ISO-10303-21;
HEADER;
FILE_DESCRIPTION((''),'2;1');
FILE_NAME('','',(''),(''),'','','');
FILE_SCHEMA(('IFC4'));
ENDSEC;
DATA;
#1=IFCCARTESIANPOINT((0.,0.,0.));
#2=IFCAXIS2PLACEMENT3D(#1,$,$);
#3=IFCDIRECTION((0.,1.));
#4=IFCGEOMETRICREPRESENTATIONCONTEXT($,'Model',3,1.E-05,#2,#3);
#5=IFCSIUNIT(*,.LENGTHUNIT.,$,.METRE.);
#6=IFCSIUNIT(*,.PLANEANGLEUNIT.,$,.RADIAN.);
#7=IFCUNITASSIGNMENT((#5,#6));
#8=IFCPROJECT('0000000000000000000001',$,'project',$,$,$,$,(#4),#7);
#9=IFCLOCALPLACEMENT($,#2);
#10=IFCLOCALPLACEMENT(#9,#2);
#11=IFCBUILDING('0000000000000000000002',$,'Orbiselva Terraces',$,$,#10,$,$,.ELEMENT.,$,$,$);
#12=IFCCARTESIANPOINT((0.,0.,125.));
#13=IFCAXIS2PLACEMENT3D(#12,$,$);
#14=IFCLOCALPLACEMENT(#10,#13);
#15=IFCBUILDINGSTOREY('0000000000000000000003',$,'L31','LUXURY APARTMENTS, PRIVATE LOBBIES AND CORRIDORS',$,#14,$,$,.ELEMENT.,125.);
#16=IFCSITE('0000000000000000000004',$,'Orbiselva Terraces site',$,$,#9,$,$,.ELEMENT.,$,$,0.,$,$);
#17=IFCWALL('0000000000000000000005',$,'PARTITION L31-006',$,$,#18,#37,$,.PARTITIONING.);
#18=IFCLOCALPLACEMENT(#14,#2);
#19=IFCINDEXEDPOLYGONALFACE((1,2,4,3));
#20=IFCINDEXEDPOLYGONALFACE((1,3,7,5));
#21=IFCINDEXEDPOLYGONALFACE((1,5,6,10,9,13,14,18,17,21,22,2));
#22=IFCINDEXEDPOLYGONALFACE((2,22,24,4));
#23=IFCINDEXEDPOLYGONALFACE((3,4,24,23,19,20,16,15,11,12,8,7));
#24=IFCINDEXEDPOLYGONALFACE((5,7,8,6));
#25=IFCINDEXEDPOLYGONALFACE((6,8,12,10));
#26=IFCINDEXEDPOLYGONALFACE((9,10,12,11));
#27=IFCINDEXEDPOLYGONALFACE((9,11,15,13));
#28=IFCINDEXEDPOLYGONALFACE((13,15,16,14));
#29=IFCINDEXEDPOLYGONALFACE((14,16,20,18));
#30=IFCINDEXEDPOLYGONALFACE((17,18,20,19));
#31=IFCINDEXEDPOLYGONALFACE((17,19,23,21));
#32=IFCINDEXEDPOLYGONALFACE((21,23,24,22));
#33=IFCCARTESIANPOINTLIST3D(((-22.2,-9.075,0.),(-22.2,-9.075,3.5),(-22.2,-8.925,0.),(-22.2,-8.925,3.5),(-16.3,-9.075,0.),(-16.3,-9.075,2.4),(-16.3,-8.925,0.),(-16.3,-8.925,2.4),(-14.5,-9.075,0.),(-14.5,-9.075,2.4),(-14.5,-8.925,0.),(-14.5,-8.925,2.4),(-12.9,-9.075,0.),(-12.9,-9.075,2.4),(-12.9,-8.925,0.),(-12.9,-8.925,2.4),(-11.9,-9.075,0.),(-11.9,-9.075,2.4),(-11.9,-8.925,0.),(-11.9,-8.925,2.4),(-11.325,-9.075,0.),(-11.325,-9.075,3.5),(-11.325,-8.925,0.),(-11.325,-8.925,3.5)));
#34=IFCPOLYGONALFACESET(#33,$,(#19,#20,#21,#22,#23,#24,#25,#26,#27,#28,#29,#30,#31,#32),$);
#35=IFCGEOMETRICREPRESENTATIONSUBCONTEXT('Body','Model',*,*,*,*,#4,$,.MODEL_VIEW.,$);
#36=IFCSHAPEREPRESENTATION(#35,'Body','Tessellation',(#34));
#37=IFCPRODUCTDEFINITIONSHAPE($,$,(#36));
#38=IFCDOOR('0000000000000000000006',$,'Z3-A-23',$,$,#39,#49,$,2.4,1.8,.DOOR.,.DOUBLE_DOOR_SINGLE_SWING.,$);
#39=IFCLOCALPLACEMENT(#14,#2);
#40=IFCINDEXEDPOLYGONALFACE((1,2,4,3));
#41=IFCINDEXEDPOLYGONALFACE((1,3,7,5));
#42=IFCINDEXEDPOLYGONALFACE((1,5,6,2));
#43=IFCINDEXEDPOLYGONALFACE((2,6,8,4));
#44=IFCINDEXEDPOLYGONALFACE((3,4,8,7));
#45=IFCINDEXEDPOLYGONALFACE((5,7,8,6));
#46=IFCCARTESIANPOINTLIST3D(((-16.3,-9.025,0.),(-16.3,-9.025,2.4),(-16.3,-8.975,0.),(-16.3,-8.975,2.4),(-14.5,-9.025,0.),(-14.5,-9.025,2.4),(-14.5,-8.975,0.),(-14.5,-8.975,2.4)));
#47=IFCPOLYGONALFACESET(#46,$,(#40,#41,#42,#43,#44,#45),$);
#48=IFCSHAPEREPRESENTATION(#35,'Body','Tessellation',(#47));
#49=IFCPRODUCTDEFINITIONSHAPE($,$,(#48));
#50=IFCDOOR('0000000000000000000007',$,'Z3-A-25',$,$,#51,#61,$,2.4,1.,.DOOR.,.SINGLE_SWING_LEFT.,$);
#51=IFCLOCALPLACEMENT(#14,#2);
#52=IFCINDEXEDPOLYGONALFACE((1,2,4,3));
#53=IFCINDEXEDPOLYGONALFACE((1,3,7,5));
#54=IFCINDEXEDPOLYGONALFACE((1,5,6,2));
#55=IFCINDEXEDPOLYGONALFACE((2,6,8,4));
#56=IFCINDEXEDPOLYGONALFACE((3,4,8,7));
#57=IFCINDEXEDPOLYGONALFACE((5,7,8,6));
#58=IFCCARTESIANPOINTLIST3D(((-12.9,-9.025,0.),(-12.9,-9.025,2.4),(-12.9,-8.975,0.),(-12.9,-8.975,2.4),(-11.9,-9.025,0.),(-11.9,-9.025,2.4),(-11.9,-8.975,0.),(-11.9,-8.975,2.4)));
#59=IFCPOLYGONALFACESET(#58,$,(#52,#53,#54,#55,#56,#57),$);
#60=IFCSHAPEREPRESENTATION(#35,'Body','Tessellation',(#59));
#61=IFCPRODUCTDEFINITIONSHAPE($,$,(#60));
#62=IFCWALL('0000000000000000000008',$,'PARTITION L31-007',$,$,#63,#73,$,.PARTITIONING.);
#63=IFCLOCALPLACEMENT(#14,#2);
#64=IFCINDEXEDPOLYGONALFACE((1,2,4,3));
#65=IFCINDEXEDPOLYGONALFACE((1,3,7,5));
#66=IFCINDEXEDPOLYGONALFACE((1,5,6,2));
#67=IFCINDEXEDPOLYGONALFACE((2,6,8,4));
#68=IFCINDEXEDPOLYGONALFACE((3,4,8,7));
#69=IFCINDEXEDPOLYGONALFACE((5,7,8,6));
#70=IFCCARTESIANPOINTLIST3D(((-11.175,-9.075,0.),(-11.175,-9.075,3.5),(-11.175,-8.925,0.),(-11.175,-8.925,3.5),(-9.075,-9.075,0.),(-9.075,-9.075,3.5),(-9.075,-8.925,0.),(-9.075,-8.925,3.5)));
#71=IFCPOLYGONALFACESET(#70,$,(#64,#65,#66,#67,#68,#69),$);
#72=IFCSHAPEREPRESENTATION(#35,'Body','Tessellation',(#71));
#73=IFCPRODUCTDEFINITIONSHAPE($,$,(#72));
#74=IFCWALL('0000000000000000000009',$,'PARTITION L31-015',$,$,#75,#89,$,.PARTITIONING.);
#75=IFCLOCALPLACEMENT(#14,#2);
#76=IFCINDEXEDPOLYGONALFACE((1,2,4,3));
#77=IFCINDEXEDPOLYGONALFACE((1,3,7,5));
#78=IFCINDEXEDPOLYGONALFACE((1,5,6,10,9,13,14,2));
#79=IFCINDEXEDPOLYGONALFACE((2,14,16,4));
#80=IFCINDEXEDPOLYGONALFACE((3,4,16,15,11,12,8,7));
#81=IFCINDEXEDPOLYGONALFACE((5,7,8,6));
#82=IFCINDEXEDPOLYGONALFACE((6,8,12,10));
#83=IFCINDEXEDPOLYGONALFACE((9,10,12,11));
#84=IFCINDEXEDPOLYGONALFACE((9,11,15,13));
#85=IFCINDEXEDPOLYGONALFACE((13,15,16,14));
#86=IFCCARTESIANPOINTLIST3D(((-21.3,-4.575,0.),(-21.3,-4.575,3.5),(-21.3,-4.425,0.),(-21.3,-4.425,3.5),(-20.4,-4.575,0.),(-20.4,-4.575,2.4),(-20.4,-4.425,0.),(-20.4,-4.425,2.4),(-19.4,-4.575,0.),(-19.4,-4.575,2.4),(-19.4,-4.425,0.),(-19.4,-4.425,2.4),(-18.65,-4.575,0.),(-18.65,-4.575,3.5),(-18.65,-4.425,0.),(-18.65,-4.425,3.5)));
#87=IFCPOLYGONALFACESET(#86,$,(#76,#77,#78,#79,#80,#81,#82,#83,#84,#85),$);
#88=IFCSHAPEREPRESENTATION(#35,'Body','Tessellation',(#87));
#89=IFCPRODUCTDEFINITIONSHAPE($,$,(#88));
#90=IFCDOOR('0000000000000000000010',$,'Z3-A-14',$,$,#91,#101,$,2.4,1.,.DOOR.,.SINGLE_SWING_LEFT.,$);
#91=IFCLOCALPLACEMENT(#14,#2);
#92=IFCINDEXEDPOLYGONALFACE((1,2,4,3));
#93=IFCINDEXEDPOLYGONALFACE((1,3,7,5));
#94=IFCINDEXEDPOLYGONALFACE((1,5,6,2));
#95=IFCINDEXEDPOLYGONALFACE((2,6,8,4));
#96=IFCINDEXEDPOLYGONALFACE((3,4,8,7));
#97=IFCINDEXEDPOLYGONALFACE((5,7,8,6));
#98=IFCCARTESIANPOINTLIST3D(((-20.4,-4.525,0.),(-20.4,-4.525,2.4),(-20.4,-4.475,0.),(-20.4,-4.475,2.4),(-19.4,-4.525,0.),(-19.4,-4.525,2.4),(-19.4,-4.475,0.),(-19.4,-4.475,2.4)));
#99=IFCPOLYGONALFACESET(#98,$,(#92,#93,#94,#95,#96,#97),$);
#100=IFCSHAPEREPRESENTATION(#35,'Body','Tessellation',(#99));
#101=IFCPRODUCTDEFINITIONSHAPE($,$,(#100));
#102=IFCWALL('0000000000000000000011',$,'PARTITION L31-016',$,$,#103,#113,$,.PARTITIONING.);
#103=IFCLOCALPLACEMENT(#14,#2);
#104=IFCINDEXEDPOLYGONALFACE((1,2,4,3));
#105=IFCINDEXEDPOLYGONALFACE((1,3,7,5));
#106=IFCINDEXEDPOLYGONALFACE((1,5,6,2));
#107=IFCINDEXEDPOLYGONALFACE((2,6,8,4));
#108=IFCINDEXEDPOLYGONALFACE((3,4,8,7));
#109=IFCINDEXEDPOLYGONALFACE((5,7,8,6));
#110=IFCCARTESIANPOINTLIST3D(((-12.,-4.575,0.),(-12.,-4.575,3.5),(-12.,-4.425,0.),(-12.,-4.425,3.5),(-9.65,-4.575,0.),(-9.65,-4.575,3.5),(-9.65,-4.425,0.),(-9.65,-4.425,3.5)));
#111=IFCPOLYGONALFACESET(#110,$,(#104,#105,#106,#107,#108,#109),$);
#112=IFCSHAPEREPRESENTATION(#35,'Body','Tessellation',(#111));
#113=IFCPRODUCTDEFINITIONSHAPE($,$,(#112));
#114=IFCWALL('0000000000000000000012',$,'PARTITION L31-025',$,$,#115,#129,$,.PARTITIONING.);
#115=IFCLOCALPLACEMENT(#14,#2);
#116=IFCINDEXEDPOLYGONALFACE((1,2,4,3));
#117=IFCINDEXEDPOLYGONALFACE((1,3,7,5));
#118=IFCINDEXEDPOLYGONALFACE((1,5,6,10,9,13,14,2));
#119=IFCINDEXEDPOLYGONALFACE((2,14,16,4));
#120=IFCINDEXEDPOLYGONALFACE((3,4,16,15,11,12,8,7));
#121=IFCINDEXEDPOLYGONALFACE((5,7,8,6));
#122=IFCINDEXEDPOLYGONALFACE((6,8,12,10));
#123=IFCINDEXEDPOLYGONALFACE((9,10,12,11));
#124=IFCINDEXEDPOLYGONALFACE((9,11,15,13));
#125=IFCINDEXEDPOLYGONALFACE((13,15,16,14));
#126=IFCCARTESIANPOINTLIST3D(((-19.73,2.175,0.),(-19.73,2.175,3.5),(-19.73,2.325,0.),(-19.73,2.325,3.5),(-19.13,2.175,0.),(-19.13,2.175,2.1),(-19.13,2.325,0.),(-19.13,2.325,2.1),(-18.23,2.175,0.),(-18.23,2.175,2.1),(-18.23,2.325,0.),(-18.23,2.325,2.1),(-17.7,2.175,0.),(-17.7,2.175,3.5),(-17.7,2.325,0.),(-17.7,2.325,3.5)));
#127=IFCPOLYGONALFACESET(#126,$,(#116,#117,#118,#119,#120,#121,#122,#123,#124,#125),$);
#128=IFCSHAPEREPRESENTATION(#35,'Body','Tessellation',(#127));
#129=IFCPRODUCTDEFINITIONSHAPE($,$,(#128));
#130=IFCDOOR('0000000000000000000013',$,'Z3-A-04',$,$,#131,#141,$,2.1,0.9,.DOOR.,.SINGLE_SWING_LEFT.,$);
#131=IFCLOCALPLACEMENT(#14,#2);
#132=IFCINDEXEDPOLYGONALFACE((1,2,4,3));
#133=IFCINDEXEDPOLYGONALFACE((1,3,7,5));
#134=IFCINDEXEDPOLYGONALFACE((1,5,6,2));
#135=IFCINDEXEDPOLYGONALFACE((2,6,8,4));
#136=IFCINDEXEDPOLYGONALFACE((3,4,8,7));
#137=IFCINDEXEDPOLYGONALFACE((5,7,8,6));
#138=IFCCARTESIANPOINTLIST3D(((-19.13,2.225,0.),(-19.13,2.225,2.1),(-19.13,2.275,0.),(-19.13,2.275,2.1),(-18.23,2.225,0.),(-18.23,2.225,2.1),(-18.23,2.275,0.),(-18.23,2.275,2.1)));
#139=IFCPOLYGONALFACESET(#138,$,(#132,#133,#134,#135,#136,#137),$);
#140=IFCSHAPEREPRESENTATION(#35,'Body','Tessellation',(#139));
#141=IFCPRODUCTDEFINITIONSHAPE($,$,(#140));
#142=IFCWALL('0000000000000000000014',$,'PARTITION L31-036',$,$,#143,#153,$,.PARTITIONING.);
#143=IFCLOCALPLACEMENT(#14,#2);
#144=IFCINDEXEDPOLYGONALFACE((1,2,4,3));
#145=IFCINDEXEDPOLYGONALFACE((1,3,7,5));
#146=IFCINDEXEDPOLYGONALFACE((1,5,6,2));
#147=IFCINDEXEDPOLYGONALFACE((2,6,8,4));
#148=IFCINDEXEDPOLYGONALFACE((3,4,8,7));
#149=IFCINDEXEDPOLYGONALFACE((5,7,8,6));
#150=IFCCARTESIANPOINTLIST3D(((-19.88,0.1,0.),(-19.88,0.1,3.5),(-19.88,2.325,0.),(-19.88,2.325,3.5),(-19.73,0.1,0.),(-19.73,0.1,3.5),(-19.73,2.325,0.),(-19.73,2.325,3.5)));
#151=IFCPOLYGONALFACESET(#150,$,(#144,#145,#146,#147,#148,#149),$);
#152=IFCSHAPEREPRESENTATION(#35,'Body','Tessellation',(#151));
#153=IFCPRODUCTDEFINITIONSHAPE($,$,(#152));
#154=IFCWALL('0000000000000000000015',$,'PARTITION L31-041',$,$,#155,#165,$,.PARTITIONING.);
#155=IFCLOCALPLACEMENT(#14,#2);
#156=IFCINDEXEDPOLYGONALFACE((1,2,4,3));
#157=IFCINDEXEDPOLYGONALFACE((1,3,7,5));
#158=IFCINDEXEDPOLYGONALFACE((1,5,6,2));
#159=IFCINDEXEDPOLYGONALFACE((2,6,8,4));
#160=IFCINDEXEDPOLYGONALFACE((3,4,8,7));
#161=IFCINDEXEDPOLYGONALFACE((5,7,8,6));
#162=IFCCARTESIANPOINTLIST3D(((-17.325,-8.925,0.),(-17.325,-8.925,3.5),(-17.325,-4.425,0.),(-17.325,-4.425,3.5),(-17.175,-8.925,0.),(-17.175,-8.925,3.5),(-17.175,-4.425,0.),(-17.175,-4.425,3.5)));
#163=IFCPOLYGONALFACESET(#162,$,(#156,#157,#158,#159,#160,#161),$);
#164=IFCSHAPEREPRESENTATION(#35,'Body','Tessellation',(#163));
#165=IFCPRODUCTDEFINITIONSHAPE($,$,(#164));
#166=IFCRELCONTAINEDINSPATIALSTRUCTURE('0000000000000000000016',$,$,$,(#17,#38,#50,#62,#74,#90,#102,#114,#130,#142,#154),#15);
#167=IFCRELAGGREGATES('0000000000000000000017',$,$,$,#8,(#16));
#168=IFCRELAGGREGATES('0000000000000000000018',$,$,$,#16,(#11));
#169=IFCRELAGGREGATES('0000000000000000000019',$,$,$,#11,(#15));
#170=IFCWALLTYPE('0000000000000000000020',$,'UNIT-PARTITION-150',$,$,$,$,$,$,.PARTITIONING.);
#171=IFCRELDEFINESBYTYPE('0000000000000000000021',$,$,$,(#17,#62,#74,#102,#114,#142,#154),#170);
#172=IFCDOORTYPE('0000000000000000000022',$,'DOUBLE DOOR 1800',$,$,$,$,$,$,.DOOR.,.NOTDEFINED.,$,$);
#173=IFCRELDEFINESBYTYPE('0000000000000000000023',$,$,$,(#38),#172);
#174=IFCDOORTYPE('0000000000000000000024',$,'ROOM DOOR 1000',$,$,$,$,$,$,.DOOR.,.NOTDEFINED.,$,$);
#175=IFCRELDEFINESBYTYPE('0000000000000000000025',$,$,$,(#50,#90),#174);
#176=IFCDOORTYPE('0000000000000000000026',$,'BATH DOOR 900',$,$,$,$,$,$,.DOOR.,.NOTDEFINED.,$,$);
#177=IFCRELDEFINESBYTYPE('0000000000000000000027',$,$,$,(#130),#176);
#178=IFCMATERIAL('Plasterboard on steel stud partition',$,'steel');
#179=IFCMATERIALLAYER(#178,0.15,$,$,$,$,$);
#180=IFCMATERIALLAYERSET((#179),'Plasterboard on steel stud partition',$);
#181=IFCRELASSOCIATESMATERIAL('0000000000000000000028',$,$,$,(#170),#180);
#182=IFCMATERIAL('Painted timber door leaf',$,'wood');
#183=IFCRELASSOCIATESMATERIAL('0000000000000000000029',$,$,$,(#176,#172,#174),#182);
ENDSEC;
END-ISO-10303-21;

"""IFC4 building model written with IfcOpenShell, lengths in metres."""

from ifc_helpers import new_model, si_unit, direction, frame, frame_2d, origin, place, context, subcontext, project, spatial, rectangle, extrude, material, layer, layer_set, type_object, element, fill, save


model = new_model("IFC4")

# Units and contexts
model_context = context("Model", 3, precision=1e-05, world=origin(), true_north=direction((0.0, 1.0)))
body_context = subcontext(model_context, "Body", "Model", "MODEL_VIEW")
ifc_project = project(units=[si_unit("LENGTHUNIT", "METRE"), si_unit("PLANEANGLEUNIT", "RADIAN")], contexts=[model_context])

# Site, building, storey
site_placement = place(None, origin())
site = spatial("IfcSite", under=ifc_project, at=site_placement, Name="Orbiselva Terraces site", CompositionType="ELEMENT", RefElevation=0.0)
building_placement = place(site_placement, origin())
building = spatial("IfcBuilding", under=site, at=building_placement, Name="Orbiselva Terraces", CompositionType="ELEMENT")
storey_placement = place(building_placement, frame((0.0, 0.0, 125.0)))
storey = spatial("IfcBuildingStorey", under=building, at=storey_placement, Name="L31", Description="LUXURY APARTMENTS, PRIVATE LOBBIES AND CORRIDORS", CompositionType="ELEMENT", Elevation=125.0)

# Shared definitions
ifc_material_1 = material(Name="Plasterboard on steel stud partition", Category="steel")
ifc_layer_1 = layer(ifc_material_1, 0.15)
ifc_layer_set_1 = layer_set([ifc_layer_1], Name="Plasterboard on steel stud partition")
wall_type_1 = type_object("IfcWallType", Name="UNIT-PARTITION-150", PredefinedType="PARTITIONING", material=ifc_layer_set_1)

# Shared definitions
ifc_material_2 = material(Name="Painted timber door leaf", Category="wood")
door_type_1 = type_object("IfcDoorType", Name="BATH DOOR 900", OperationType="NOTDEFINED", PredefinedType="DOOR", material=ifc_material_2)

# Wall, openings, doors
wall_1_placement = place(storey_placement, frame((-11.325, -9.0, 0.0), z_axis=(0.0, 0.0, 1.0), x_axis=(-1.0, 0.0, 0.0)))
wall_1 = element("IfcWall", 1, at=wall_1_placement, inside=storey, type_object=wall_type_1, Name="PARTITION L31-006", PredefinedType="PARTITIONING", context=body_context, shape_type="SweptSolid", body=[
    extrude(rectangle(XDim=10.875, YDim=0.15, at=frame_2d((5.4375, 0.0))), origin(), (0.0, 0.0, 1.0), 3.5),
])
opening_1_placement = place(wall_1_placement, frame((3.175, 0.0, 0.0)))
opening_1 = element("IfcOpeningElement", 2, at=opening_1_placement, cuts=wall_1, PredefinedType="OPENING", context=body_context, shape_type="SweptSolid", body=[
    extrude(rectangle(XDim=1.8, YDim=2.4, at=frame_2d((0.9, 1.2))), frame((0.0, 0.085, 0.0), z_axis=(0.0, -1.0, 0.0), x_axis=(1.0, 0.0, 0.0)), (0.0, 0.0, 1.0), 0.17),
])
opening_2_placement = place(wall_1_placement, frame((0.575, 0.0, 0.0)))
opening_2 = element("IfcOpeningElement", 3, at=opening_2_placement, cuts=wall_1, PredefinedType="OPENING", context=body_context, shape_type="SweptSolid", body=[
    extrude(rectangle(XDim=1.0, YDim=2.4, at=frame_2d((0.5, 1.2))), frame((0.0, 0.085, 0.0), z_axis=(0.0, -1.0, 0.0), x_axis=(1.0, 0.0, 0.0)), (0.0, 0.0, 1.0), 0.17),
])
door_type_2 = type_object("IfcDoorType", Name="DOUBLE DOOR 1800", OperationType="NOTDEFINED", PredefinedType="DOOR", material=ifc_material_2)
door_1_placement = place(opening_1_placement, origin())
door_1 = element("IfcDoor", 4, at=door_1_placement, inside=storey, type_object=door_type_2, Name="Z3-A-23", OperationType="DOUBLE_DOOR_SINGLE_SWING", OverallHeight=2.4, OverallWidth=1.8, PredefinedType="DOOR", context=body_context, shape_type="SweptSolid", body=[
    extrude(rectangle(XDim=1.8, YDim=2.4, at=frame_2d((0.9, 1.2))), frame((0.0, 0.025, 0.0), z_axis=(0.0, -1.0, 0.0), x_axis=(1.0, 0.0, 0.0)), (0.0, 0.0, 1.0), 0.05),
])
fill(opening_1, door_1)
door_type_3 = type_object("IfcDoorType", Name="ROOM DOOR 1000", OperationType="NOTDEFINED", PredefinedType="DOOR", material=ifc_material_2)
door_2_placement = place(opening_2_placement, origin())
door_2 = element("IfcDoor", 5, at=door_2_placement, inside=storey, type_object=door_type_3, Name="Z3-A-25", OperationType="SINGLE_SWING_LEFT", OverallHeight=2.4, OverallWidth=1.0, PredefinedType="DOOR", context=body_context, shape_type="SweptSolid", body=[
    extrude(rectangle(XDim=1.0, YDim=2.4, at=frame_2d((0.5, 1.2))), frame((0.0, 0.025, 0.0), z_axis=(0.0, -1.0, 0.0), x_axis=(1.0, 0.0, 0.0)), (0.0, 0.0, 1.0), 0.05),
])
fill(opening_2, door_2)

# Wall
wall_2_placement = place(storey_placement, frame((-11.175, -9.0, 0.0), z_axis=(0.0, 0.0, 1.0), x_axis=(1.0, 0.0, 0.0)))
element("IfcWall", 6, at=wall_2_placement, inside=storey, type_object=wall_type_1, Name="PARTITION L31-007", PredefinedType="PARTITIONING", context=body_context, shape_type="SweptSolid", body=[
    extrude(rectangle(XDim=2.1, YDim=0.15, at=frame_2d((1.05, 0.0))), origin(), (0.0, 0.0, 1.0), 3.5),
])

# Wall, opening, door
wall_3_placement = place(storey_placement, frame((-18.65, -4.5, 0.0), z_axis=(0.0, 0.0, 1.0), x_axis=(-1.0, 0.0, 0.0)))
wall_3 = element("IfcWall", 7, at=wall_3_placement, inside=storey, type_object=wall_type_1, Name="PARTITION L31-015", PredefinedType="PARTITIONING", context=body_context, shape_type="SweptSolid", body=[
    extrude(rectangle(XDim=2.65, YDim=0.15, at=frame_2d((1.325, 0.0))), origin(), (0.0, 0.0, 1.0), 3.5),
])
opening_3_placement = place(wall_3_placement, frame((0.75, 0.0, 0.0)))
opening_3 = element("IfcOpeningElement", 8, at=opening_3_placement, cuts=wall_3, PredefinedType="OPENING", context=body_context, shape_type="SweptSolid", body=[
    extrude(rectangle(XDim=1.0, YDim=2.4, at=frame_2d((0.5, 1.2))), frame((0.0, 0.085, 0.0), z_axis=(0.0, -1.0, 0.0), x_axis=(1.0, 0.0, 0.0)), (0.0, 0.0, 1.0), 0.17),
])
door_3_placement = place(opening_3_placement, origin())
door_3 = element("IfcDoor", 9, at=door_3_placement, inside=storey, type_object=door_type_3, Name="Z3-A-14", OperationType="SINGLE_SWING_LEFT", OverallHeight=2.4, OverallWidth=1.0, PredefinedType="DOOR", context=body_context, shape_type="SweptSolid", body=[
    extrude(rectangle(XDim=1.0, YDim=2.4, at=frame_2d((0.5, 1.2))), frame((0.0, 0.025, 0.0), z_axis=(0.0, -1.0, 0.0), x_axis=(1.0, 0.0, 0.0)), (0.0, 0.0, 1.0), 0.05),
])
fill(opening_3, door_3)

# Wall
wall_4_placement = place(storey_placement, frame((-12.0, -4.5, 0.0), z_axis=(0.0, 0.0, 1.0), x_axis=(1.0, 0.0, 0.0)))
element("IfcWall", 10, at=wall_4_placement, inside=storey, type_object=wall_type_1, Name="PARTITION L31-016", PredefinedType="PARTITIONING", context=body_context, shape_type="SweptSolid", body=[
    extrude(rectangle(XDim=2.35, YDim=0.15, at=frame_2d((1.175, 0.0))), origin(), (0.0, 0.0, 1.0), 3.5),
])

# Wall, opening, door
wall_5_placement = place(storey_placement, frame((-17.7, 2.25, 0.0), z_axis=(0.0, 0.0, 1.0), x_axis=(-1.0, 0.0, 0.0)))
wall_5 = element("IfcWall", 11, at=wall_5_placement, inside=storey, type_object=wall_type_1, Name="PARTITION L31-025", PredefinedType="PARTITIONING", context=body_context, shape_type="SweptSolid", body=[
    extrude(rectangle(XDim=2.03, YDim=0.15, at=frame_2d((1.015, 0.0))), origin(), (0.0, 0.0, 1.0), 3.5),
])
opening_4_placement = place(wall_5_placement, frame((0.53, 0.0, 0.0)))
opening_4 = element("IfcOpeningElement", 12, at=opening_4_placement, cuts=wall_5, PredefinedType="OPENING", context=body_context, shape_type="SweptSolid", body=[
    extrude(rectangle(XDim=0.9, YDim=2.1, at=frame_2d((0.45, 1.05))), frame((0.0, 0.085, 0.0), z_axis=(0.0, -1.0, 0.0), x_axis=(1.0, 0.0, 0.0)), (0.0, 0.0, 1.0), 0.17),
])
door_4_placement = place(opening_4_placement, origin())
door_4 = element("IfcDoor", 13, at=door_4_placement, inside=storey, type_object=door_type_1, Name="Z3-A-04", OperationType="SINGLE_SWING_LEFT", OverallHeight=2.1, OverallWidth=0.9, PredefinedType="DOOR", context=body_context, shape_type="SweptSolid", body=[
    extrude(rectangle(XDim=0.9, YDim=2.1, at=frame_2d((0.45, 1.05))), frame((0.0, 0.025, 0.0), z_axis=(0.0, -1.0, 0.0), x_axis=(1.0, 0.0, 0.0)), (0.0, 0.0, 1.0), 0.05),
])
fill(opening_4, door_4)

# Walls
wall_6_placement = place(storey_placement, frame((-19.805, 0.1, 0.0), z_axis=(0.0, 0.0, 1.0), x_axis=(0.0, 1.0, 0.0)))
element("IfcWall", 14, at=wall_6_placement, inside=storey, type_object=wall_type_1, Name="PARTITION L31-036", PredefinedType="PARTITIONING", context=body_context, shape_type="SweptSolid", body=[
    extrude(rectangle(XDim=2.225, YDim=0.15, at=frame_2d((1.1125, 0.0))), origin(), (0.0, 0.0, 1.0), 3.5),
])
wall_7_placement = place(storey_placement, frame((-17.25, -8.925, 0.0), z_axis=(0.0, 0.0, 1.0), x_axis=(0.0, 1.0, 0.0)))
element("IfcWall", 15, at=wall_7_placement, inside=storey, type_object=wall_type_1, Name="PARTITION L31-041", PredefinedType="PARTITIONING", context=body_context, shape_type="SweptSolid", body=[
    extrude(rectangle(XDim=4.5, YDim=0.15, at=frame_2d((2.25, 0.0))), origin(), (0.0, 0.0, 1.0), 3.5),
])

save(model, "model.ifc")
